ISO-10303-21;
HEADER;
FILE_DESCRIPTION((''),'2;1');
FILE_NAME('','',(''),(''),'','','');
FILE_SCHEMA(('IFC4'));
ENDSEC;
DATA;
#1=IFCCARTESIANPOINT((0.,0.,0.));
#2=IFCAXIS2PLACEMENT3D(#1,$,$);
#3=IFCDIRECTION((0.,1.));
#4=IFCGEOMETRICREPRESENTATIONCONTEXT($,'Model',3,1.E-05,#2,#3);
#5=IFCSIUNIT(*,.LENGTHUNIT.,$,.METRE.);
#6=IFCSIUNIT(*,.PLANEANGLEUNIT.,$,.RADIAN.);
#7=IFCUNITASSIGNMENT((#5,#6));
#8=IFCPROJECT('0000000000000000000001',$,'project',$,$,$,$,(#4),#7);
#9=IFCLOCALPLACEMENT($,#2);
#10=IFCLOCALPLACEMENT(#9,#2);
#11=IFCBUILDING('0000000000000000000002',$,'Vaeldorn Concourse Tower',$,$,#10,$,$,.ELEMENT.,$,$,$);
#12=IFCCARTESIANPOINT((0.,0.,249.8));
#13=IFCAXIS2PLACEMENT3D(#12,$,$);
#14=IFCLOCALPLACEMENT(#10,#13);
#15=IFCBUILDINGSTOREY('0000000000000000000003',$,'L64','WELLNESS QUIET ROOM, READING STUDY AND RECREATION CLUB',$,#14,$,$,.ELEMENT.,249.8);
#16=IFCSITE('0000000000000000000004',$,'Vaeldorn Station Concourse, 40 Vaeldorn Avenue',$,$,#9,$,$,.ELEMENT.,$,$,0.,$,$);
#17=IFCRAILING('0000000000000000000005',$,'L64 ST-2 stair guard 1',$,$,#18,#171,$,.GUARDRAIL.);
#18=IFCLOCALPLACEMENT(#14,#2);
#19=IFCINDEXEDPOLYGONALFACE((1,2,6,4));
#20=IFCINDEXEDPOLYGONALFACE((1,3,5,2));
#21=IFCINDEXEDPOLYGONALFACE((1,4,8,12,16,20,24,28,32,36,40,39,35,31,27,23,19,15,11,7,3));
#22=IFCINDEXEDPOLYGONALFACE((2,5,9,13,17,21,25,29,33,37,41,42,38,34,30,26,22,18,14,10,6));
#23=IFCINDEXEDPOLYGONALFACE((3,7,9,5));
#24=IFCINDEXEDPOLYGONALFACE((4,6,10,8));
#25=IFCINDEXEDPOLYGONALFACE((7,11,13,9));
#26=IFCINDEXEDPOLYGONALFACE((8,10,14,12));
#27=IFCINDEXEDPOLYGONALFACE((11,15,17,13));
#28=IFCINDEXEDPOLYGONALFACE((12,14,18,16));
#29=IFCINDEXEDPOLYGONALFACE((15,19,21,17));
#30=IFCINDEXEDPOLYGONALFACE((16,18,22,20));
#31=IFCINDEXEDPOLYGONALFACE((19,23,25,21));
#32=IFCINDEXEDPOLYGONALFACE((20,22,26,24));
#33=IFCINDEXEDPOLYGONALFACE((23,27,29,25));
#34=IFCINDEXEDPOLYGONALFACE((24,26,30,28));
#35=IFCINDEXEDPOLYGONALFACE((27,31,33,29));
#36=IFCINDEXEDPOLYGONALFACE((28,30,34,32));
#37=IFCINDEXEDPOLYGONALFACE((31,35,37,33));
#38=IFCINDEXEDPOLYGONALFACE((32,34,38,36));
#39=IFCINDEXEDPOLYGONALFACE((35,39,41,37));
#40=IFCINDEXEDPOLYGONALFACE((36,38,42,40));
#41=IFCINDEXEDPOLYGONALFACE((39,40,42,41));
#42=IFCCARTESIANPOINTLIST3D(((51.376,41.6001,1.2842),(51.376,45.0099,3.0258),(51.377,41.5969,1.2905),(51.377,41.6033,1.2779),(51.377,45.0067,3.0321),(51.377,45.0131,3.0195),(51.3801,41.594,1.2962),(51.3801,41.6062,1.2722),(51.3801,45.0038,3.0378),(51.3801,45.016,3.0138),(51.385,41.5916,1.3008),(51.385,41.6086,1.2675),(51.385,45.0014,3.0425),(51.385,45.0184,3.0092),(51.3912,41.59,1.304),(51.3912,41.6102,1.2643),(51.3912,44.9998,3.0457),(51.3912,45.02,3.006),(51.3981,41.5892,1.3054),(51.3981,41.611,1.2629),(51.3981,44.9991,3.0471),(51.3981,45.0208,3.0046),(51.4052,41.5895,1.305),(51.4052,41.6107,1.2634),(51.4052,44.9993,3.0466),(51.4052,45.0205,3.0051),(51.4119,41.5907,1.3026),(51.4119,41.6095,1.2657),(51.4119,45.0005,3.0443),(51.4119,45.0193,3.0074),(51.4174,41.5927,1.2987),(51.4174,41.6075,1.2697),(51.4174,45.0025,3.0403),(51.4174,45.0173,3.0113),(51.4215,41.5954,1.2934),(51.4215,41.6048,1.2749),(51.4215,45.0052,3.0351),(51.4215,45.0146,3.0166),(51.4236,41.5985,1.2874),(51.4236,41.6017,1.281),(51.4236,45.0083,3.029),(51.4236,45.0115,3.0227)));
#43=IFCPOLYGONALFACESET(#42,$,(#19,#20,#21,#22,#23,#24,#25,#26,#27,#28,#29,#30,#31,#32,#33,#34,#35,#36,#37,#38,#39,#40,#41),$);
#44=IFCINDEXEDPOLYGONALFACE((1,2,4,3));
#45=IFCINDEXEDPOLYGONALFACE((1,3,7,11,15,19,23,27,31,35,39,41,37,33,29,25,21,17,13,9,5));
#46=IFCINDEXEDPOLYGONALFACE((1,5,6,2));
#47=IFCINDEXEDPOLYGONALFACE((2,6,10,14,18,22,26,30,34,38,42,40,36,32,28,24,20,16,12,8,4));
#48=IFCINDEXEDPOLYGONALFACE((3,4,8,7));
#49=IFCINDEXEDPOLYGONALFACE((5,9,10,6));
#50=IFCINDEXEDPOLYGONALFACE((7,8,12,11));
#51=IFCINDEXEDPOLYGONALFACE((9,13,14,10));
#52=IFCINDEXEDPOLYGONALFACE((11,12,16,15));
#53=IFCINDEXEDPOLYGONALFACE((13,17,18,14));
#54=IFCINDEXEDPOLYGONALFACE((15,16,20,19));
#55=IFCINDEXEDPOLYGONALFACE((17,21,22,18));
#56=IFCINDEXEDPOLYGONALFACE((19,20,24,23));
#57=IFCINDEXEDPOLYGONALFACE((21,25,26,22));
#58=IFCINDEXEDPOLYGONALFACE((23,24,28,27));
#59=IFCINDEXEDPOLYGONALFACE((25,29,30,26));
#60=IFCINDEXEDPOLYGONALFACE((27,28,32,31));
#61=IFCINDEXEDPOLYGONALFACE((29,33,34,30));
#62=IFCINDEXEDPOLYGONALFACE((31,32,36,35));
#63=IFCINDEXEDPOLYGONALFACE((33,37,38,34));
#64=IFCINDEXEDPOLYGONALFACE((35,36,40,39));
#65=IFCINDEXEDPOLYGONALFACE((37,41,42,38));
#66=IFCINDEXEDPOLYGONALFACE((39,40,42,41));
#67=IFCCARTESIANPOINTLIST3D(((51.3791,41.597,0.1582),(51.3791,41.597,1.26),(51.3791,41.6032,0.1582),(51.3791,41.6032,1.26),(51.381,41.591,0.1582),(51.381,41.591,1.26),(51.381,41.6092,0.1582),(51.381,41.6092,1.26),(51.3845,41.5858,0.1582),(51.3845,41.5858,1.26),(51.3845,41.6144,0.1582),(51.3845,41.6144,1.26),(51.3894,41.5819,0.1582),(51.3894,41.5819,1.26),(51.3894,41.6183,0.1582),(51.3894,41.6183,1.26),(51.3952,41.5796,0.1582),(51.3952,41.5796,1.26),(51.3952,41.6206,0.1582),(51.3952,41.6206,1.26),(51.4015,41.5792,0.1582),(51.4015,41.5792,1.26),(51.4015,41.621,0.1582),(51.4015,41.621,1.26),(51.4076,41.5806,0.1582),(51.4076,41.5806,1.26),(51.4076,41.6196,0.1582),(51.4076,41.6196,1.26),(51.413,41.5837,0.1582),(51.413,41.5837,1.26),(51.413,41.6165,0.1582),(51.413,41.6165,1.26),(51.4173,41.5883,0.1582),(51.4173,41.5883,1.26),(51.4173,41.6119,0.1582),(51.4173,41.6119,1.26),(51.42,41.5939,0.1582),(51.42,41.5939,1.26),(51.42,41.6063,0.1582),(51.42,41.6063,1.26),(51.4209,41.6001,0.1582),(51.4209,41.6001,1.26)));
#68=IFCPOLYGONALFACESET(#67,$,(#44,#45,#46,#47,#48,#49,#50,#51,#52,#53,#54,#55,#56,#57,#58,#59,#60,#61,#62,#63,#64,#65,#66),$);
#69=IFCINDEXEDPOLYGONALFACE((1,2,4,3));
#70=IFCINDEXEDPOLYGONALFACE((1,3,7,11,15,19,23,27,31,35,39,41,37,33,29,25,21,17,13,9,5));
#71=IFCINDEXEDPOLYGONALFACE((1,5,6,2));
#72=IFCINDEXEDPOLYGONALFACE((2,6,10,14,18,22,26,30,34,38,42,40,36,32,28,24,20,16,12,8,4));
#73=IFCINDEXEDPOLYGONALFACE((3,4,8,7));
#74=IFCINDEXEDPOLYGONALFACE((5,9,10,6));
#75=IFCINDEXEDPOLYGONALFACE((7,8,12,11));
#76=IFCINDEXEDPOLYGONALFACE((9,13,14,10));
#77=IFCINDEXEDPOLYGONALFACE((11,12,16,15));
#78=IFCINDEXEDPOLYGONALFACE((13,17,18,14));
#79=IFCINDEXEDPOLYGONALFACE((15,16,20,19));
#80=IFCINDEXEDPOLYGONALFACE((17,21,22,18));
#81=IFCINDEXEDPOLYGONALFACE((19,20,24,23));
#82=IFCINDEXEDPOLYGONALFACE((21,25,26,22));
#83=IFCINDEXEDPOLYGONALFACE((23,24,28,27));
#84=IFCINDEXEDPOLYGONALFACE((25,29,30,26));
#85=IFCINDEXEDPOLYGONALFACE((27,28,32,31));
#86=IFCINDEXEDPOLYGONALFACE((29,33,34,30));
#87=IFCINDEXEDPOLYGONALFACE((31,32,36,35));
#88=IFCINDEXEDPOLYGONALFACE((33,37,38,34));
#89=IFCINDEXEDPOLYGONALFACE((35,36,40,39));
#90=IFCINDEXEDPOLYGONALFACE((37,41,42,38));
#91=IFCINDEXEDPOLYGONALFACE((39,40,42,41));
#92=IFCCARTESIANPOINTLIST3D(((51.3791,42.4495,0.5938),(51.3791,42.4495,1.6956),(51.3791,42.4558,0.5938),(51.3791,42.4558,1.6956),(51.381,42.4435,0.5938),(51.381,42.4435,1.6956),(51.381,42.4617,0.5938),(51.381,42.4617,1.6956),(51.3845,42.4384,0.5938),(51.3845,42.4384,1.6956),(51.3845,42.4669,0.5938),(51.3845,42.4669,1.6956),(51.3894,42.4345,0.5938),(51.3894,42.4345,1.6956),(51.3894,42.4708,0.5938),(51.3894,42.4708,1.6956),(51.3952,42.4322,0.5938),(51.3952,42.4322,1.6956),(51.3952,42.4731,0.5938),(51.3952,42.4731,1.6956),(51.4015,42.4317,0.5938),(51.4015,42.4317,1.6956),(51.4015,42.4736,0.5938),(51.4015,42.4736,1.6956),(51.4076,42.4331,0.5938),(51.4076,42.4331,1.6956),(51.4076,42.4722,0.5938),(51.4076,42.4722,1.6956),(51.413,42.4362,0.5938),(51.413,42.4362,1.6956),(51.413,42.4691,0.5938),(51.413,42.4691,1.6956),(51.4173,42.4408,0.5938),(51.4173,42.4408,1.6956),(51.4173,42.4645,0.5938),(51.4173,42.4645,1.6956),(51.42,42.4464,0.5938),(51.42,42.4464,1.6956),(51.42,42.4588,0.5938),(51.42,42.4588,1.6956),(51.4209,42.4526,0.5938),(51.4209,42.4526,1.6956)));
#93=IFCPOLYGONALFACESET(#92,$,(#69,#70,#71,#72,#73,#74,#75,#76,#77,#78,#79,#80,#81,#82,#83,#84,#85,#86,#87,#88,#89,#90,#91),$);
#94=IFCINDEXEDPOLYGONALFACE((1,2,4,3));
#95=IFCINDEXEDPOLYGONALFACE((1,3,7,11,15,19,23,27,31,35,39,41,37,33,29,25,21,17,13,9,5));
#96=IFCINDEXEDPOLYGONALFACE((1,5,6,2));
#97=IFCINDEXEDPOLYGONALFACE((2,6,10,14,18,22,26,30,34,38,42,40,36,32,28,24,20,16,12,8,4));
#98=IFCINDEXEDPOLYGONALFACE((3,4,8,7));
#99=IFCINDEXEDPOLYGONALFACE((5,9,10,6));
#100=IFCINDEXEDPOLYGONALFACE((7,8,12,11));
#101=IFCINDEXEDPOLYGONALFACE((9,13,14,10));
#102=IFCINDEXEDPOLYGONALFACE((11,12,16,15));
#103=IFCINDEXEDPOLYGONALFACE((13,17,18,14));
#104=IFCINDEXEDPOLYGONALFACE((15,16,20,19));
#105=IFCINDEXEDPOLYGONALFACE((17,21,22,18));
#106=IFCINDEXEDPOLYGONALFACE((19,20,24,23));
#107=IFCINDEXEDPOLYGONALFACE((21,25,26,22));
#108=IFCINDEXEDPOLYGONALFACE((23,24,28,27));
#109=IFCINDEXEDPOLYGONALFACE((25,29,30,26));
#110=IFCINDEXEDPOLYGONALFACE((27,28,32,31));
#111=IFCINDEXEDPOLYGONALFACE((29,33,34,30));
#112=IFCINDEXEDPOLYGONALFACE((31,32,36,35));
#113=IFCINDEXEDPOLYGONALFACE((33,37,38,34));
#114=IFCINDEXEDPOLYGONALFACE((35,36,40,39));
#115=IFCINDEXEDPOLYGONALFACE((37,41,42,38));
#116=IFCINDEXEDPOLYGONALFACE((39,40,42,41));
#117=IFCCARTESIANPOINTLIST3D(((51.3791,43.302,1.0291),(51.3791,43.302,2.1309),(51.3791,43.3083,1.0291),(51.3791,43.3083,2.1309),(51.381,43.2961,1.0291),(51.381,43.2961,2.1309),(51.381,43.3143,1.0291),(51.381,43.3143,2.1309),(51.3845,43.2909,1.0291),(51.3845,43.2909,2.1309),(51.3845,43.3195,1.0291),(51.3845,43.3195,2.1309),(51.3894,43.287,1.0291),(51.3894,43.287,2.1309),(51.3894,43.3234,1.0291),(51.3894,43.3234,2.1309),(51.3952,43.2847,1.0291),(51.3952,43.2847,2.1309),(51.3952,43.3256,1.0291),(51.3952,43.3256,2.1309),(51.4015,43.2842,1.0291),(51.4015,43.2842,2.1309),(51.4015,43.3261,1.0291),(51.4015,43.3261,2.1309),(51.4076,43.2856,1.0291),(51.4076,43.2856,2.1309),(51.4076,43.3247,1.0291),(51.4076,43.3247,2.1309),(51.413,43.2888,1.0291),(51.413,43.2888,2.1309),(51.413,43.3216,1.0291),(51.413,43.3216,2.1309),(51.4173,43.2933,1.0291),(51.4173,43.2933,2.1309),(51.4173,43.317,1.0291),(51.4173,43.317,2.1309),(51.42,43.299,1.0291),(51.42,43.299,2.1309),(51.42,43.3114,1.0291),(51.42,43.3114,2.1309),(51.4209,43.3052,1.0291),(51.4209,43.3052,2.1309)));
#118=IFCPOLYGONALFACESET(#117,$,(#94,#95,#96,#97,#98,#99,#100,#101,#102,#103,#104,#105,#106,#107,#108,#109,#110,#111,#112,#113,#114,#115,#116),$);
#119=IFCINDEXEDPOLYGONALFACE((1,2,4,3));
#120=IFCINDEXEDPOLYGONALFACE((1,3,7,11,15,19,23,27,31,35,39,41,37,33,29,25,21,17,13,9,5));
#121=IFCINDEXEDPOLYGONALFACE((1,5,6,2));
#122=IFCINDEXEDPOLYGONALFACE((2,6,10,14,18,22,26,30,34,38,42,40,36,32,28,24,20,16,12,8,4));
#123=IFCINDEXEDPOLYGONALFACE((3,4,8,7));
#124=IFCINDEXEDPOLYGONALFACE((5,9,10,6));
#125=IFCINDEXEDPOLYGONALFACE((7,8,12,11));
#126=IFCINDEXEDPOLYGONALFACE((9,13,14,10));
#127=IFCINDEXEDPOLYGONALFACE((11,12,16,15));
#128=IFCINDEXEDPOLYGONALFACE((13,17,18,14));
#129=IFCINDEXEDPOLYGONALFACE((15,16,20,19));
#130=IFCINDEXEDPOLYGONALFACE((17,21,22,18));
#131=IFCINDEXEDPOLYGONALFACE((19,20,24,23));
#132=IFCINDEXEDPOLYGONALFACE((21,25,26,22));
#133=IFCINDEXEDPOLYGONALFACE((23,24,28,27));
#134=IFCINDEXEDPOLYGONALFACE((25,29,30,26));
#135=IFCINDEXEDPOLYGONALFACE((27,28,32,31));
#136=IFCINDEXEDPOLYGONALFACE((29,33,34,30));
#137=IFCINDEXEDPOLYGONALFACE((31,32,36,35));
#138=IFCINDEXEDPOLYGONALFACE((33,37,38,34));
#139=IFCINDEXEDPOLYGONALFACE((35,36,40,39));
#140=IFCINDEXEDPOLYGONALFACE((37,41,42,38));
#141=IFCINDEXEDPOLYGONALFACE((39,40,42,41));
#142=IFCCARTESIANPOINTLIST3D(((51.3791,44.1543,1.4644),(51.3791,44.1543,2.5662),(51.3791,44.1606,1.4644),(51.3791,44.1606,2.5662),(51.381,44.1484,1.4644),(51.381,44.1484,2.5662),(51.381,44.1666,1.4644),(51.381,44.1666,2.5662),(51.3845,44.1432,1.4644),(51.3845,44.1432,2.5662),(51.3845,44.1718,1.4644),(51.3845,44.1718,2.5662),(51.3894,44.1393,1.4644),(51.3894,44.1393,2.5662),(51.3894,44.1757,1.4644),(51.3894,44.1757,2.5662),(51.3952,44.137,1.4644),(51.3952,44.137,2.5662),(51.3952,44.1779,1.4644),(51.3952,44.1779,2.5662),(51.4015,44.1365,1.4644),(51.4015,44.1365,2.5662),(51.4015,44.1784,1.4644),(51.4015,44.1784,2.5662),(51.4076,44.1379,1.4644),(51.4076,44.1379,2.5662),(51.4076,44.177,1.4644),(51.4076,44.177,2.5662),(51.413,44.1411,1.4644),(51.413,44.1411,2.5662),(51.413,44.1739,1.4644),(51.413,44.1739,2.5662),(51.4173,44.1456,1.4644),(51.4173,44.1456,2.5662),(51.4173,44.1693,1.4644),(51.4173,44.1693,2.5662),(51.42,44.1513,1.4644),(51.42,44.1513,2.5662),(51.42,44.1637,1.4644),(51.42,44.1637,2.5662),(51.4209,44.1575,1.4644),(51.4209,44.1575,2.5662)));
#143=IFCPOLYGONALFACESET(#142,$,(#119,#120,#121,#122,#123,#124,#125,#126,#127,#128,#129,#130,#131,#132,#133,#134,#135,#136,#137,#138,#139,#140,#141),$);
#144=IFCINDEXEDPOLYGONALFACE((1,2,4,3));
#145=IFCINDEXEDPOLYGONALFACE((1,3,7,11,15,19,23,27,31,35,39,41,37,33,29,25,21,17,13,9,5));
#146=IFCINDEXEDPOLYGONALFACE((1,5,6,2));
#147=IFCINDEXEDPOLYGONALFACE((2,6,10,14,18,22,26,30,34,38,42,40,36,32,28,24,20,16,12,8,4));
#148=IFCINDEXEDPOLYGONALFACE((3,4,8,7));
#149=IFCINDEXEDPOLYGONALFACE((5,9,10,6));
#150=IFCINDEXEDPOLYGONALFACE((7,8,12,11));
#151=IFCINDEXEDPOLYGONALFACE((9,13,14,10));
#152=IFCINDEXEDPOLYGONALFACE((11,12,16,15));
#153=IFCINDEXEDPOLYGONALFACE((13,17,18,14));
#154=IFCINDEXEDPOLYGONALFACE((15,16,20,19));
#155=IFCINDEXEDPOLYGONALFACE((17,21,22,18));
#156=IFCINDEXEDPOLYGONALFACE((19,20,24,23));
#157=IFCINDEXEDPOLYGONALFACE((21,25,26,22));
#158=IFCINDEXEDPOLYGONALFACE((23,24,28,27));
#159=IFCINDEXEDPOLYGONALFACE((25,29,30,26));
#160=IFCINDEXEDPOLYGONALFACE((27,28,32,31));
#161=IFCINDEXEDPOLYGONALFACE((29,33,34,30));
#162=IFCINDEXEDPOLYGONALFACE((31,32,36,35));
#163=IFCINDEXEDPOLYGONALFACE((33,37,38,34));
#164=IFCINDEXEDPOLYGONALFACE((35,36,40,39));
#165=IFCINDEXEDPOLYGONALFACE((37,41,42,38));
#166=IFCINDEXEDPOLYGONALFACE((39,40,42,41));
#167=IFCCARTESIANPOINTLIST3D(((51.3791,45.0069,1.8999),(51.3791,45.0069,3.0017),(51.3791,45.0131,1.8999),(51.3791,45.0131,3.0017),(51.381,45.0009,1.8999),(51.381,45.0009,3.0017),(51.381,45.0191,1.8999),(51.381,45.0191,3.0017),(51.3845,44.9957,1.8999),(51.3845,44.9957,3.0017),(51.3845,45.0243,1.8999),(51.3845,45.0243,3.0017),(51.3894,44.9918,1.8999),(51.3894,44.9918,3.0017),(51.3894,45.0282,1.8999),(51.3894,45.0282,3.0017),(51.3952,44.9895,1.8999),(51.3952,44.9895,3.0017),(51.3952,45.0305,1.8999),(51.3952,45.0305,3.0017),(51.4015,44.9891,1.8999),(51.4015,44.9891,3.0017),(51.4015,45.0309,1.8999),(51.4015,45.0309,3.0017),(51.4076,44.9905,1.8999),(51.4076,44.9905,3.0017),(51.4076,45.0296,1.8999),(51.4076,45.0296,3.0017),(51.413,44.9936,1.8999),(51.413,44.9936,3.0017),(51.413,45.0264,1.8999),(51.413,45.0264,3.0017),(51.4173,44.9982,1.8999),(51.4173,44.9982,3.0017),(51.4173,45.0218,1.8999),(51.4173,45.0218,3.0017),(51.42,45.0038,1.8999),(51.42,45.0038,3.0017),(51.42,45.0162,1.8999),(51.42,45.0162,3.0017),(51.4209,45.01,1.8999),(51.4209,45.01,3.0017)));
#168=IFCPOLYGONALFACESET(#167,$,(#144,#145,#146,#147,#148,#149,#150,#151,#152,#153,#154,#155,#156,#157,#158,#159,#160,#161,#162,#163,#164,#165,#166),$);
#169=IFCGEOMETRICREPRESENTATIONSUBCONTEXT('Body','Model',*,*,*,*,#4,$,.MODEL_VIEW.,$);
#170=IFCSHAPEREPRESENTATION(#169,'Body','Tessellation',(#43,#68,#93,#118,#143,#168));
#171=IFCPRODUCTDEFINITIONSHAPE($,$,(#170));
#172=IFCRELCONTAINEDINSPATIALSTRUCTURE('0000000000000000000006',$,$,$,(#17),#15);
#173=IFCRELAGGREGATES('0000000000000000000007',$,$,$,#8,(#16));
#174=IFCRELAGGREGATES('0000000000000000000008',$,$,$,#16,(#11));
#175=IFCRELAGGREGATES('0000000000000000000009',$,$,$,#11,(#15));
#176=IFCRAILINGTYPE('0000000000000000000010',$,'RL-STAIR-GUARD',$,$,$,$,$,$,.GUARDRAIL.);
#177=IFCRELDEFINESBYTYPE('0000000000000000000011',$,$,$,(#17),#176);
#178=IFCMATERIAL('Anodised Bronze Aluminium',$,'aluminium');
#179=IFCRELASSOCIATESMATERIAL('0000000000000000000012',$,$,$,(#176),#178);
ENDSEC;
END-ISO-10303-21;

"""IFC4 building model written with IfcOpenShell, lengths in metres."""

from ifc_helpers import new_model, si_unit, direction, frame, origin, origin_2d, place, context, subcontext, project, spatial, circle, extrude, material, type_object, element, save


model = new_model("IFC4")

# Units and contexts
model_context = context("Model", 3, precision=1e-05, world=origin(), true_north=direction((0.0, 1.0)))
body_context = subcontext(model_context, "Body", "Model", "MODEL_VIEW")
ifc_project = project(units=[si_unit("LENGTHUNIT", "METRE"), si_unit("PLANEANGLEUNIT", "RADIAN")], contexts=[model_context])

# Site, building, storey
site_placement = place(None, origin())
site = spatial("IfcSite", under=ifc_project, at=site_placement, Name="Vaeldorn Station Concourse, 40 Vaeldorn Avenue", CompositionType="ELEMENT", RefElevation=0.0)
building_placement = place(site_placement, origin())
building = spatial("IfcBuilding", under=site, at=building_placement, Name="Vaeldorn Concourse Tower", CompositionType="ELEMENT")
storey_placement = place(building_placement, frame((0.0, 0.0, 249.8)))
storey = spatial("IfcBuildingStorey", under=building, at=storey_placement, Name="L64", Description="WELLNESS QUIET ROOM, READING STUDY AND RECREATION CLUB", CompositionType="ELEMENT", Elevation=249.8)

# Shared definitions
ifc_material_1 = material(Name="Anodised Bronze Aluminium", Category="aluminium")

# Railing
railing_type_1 = type_object("IfcRailingType", Name="RL-STAIR-GUARD", PredefinedType="GUARDRAIL", material=ifc_material_1)
railing_1_placement = place(storey_placement, frame((51.3999, 41.6001, 0.1582)))
element("IfcRailing", 1, at=railing_1_placement, inside=storey, type_object=railing_type_1, Name="L64 ST-2 stair guard 1", PredefinedType="GUARDRAIL", context=body_context, shape_type="SweptSolid", body=[
    extrude(circle(Radius=0.0239, at=origin_2d()), frame((0.0, 0.0, 1.126), z_axis=(0.0, 0.890556, 0.454874), x_axis=(-1.0, 0.0, 0.0)), (0.0, 0.0, 1.0), 3.8289),
    extrude(circle(Radius=0.021, at=origin_2d()), origin(), (0.0, 0.0, 1.0), 1.1018),
    extrude(circle(Radius=0.021, at=origin_2d()), frame((0.0, 0.8525, 0.4355)), (0.0, 0.0, 1.0), 1.1018),
    extrude(circle(Radius=0.021, at=origin_2d()), frame((0.0, 1.7051, 0.8708)), (0.0, 0.0, 1.0), 1.1018),
    extrude(circle(Radius=0.021, at=origin_2d()), frame((0.0, 2.5574, 1.3062)), (0.0, 0.0, 1.0), 1.1018),
    extrude(circle(Radius=0.021, at=origin_2d()), frame((0.0, 3.4099, 1.7417)), (0.0, 0.0, 1.0), 1.1018),
])

save(model, "model.ifc")
